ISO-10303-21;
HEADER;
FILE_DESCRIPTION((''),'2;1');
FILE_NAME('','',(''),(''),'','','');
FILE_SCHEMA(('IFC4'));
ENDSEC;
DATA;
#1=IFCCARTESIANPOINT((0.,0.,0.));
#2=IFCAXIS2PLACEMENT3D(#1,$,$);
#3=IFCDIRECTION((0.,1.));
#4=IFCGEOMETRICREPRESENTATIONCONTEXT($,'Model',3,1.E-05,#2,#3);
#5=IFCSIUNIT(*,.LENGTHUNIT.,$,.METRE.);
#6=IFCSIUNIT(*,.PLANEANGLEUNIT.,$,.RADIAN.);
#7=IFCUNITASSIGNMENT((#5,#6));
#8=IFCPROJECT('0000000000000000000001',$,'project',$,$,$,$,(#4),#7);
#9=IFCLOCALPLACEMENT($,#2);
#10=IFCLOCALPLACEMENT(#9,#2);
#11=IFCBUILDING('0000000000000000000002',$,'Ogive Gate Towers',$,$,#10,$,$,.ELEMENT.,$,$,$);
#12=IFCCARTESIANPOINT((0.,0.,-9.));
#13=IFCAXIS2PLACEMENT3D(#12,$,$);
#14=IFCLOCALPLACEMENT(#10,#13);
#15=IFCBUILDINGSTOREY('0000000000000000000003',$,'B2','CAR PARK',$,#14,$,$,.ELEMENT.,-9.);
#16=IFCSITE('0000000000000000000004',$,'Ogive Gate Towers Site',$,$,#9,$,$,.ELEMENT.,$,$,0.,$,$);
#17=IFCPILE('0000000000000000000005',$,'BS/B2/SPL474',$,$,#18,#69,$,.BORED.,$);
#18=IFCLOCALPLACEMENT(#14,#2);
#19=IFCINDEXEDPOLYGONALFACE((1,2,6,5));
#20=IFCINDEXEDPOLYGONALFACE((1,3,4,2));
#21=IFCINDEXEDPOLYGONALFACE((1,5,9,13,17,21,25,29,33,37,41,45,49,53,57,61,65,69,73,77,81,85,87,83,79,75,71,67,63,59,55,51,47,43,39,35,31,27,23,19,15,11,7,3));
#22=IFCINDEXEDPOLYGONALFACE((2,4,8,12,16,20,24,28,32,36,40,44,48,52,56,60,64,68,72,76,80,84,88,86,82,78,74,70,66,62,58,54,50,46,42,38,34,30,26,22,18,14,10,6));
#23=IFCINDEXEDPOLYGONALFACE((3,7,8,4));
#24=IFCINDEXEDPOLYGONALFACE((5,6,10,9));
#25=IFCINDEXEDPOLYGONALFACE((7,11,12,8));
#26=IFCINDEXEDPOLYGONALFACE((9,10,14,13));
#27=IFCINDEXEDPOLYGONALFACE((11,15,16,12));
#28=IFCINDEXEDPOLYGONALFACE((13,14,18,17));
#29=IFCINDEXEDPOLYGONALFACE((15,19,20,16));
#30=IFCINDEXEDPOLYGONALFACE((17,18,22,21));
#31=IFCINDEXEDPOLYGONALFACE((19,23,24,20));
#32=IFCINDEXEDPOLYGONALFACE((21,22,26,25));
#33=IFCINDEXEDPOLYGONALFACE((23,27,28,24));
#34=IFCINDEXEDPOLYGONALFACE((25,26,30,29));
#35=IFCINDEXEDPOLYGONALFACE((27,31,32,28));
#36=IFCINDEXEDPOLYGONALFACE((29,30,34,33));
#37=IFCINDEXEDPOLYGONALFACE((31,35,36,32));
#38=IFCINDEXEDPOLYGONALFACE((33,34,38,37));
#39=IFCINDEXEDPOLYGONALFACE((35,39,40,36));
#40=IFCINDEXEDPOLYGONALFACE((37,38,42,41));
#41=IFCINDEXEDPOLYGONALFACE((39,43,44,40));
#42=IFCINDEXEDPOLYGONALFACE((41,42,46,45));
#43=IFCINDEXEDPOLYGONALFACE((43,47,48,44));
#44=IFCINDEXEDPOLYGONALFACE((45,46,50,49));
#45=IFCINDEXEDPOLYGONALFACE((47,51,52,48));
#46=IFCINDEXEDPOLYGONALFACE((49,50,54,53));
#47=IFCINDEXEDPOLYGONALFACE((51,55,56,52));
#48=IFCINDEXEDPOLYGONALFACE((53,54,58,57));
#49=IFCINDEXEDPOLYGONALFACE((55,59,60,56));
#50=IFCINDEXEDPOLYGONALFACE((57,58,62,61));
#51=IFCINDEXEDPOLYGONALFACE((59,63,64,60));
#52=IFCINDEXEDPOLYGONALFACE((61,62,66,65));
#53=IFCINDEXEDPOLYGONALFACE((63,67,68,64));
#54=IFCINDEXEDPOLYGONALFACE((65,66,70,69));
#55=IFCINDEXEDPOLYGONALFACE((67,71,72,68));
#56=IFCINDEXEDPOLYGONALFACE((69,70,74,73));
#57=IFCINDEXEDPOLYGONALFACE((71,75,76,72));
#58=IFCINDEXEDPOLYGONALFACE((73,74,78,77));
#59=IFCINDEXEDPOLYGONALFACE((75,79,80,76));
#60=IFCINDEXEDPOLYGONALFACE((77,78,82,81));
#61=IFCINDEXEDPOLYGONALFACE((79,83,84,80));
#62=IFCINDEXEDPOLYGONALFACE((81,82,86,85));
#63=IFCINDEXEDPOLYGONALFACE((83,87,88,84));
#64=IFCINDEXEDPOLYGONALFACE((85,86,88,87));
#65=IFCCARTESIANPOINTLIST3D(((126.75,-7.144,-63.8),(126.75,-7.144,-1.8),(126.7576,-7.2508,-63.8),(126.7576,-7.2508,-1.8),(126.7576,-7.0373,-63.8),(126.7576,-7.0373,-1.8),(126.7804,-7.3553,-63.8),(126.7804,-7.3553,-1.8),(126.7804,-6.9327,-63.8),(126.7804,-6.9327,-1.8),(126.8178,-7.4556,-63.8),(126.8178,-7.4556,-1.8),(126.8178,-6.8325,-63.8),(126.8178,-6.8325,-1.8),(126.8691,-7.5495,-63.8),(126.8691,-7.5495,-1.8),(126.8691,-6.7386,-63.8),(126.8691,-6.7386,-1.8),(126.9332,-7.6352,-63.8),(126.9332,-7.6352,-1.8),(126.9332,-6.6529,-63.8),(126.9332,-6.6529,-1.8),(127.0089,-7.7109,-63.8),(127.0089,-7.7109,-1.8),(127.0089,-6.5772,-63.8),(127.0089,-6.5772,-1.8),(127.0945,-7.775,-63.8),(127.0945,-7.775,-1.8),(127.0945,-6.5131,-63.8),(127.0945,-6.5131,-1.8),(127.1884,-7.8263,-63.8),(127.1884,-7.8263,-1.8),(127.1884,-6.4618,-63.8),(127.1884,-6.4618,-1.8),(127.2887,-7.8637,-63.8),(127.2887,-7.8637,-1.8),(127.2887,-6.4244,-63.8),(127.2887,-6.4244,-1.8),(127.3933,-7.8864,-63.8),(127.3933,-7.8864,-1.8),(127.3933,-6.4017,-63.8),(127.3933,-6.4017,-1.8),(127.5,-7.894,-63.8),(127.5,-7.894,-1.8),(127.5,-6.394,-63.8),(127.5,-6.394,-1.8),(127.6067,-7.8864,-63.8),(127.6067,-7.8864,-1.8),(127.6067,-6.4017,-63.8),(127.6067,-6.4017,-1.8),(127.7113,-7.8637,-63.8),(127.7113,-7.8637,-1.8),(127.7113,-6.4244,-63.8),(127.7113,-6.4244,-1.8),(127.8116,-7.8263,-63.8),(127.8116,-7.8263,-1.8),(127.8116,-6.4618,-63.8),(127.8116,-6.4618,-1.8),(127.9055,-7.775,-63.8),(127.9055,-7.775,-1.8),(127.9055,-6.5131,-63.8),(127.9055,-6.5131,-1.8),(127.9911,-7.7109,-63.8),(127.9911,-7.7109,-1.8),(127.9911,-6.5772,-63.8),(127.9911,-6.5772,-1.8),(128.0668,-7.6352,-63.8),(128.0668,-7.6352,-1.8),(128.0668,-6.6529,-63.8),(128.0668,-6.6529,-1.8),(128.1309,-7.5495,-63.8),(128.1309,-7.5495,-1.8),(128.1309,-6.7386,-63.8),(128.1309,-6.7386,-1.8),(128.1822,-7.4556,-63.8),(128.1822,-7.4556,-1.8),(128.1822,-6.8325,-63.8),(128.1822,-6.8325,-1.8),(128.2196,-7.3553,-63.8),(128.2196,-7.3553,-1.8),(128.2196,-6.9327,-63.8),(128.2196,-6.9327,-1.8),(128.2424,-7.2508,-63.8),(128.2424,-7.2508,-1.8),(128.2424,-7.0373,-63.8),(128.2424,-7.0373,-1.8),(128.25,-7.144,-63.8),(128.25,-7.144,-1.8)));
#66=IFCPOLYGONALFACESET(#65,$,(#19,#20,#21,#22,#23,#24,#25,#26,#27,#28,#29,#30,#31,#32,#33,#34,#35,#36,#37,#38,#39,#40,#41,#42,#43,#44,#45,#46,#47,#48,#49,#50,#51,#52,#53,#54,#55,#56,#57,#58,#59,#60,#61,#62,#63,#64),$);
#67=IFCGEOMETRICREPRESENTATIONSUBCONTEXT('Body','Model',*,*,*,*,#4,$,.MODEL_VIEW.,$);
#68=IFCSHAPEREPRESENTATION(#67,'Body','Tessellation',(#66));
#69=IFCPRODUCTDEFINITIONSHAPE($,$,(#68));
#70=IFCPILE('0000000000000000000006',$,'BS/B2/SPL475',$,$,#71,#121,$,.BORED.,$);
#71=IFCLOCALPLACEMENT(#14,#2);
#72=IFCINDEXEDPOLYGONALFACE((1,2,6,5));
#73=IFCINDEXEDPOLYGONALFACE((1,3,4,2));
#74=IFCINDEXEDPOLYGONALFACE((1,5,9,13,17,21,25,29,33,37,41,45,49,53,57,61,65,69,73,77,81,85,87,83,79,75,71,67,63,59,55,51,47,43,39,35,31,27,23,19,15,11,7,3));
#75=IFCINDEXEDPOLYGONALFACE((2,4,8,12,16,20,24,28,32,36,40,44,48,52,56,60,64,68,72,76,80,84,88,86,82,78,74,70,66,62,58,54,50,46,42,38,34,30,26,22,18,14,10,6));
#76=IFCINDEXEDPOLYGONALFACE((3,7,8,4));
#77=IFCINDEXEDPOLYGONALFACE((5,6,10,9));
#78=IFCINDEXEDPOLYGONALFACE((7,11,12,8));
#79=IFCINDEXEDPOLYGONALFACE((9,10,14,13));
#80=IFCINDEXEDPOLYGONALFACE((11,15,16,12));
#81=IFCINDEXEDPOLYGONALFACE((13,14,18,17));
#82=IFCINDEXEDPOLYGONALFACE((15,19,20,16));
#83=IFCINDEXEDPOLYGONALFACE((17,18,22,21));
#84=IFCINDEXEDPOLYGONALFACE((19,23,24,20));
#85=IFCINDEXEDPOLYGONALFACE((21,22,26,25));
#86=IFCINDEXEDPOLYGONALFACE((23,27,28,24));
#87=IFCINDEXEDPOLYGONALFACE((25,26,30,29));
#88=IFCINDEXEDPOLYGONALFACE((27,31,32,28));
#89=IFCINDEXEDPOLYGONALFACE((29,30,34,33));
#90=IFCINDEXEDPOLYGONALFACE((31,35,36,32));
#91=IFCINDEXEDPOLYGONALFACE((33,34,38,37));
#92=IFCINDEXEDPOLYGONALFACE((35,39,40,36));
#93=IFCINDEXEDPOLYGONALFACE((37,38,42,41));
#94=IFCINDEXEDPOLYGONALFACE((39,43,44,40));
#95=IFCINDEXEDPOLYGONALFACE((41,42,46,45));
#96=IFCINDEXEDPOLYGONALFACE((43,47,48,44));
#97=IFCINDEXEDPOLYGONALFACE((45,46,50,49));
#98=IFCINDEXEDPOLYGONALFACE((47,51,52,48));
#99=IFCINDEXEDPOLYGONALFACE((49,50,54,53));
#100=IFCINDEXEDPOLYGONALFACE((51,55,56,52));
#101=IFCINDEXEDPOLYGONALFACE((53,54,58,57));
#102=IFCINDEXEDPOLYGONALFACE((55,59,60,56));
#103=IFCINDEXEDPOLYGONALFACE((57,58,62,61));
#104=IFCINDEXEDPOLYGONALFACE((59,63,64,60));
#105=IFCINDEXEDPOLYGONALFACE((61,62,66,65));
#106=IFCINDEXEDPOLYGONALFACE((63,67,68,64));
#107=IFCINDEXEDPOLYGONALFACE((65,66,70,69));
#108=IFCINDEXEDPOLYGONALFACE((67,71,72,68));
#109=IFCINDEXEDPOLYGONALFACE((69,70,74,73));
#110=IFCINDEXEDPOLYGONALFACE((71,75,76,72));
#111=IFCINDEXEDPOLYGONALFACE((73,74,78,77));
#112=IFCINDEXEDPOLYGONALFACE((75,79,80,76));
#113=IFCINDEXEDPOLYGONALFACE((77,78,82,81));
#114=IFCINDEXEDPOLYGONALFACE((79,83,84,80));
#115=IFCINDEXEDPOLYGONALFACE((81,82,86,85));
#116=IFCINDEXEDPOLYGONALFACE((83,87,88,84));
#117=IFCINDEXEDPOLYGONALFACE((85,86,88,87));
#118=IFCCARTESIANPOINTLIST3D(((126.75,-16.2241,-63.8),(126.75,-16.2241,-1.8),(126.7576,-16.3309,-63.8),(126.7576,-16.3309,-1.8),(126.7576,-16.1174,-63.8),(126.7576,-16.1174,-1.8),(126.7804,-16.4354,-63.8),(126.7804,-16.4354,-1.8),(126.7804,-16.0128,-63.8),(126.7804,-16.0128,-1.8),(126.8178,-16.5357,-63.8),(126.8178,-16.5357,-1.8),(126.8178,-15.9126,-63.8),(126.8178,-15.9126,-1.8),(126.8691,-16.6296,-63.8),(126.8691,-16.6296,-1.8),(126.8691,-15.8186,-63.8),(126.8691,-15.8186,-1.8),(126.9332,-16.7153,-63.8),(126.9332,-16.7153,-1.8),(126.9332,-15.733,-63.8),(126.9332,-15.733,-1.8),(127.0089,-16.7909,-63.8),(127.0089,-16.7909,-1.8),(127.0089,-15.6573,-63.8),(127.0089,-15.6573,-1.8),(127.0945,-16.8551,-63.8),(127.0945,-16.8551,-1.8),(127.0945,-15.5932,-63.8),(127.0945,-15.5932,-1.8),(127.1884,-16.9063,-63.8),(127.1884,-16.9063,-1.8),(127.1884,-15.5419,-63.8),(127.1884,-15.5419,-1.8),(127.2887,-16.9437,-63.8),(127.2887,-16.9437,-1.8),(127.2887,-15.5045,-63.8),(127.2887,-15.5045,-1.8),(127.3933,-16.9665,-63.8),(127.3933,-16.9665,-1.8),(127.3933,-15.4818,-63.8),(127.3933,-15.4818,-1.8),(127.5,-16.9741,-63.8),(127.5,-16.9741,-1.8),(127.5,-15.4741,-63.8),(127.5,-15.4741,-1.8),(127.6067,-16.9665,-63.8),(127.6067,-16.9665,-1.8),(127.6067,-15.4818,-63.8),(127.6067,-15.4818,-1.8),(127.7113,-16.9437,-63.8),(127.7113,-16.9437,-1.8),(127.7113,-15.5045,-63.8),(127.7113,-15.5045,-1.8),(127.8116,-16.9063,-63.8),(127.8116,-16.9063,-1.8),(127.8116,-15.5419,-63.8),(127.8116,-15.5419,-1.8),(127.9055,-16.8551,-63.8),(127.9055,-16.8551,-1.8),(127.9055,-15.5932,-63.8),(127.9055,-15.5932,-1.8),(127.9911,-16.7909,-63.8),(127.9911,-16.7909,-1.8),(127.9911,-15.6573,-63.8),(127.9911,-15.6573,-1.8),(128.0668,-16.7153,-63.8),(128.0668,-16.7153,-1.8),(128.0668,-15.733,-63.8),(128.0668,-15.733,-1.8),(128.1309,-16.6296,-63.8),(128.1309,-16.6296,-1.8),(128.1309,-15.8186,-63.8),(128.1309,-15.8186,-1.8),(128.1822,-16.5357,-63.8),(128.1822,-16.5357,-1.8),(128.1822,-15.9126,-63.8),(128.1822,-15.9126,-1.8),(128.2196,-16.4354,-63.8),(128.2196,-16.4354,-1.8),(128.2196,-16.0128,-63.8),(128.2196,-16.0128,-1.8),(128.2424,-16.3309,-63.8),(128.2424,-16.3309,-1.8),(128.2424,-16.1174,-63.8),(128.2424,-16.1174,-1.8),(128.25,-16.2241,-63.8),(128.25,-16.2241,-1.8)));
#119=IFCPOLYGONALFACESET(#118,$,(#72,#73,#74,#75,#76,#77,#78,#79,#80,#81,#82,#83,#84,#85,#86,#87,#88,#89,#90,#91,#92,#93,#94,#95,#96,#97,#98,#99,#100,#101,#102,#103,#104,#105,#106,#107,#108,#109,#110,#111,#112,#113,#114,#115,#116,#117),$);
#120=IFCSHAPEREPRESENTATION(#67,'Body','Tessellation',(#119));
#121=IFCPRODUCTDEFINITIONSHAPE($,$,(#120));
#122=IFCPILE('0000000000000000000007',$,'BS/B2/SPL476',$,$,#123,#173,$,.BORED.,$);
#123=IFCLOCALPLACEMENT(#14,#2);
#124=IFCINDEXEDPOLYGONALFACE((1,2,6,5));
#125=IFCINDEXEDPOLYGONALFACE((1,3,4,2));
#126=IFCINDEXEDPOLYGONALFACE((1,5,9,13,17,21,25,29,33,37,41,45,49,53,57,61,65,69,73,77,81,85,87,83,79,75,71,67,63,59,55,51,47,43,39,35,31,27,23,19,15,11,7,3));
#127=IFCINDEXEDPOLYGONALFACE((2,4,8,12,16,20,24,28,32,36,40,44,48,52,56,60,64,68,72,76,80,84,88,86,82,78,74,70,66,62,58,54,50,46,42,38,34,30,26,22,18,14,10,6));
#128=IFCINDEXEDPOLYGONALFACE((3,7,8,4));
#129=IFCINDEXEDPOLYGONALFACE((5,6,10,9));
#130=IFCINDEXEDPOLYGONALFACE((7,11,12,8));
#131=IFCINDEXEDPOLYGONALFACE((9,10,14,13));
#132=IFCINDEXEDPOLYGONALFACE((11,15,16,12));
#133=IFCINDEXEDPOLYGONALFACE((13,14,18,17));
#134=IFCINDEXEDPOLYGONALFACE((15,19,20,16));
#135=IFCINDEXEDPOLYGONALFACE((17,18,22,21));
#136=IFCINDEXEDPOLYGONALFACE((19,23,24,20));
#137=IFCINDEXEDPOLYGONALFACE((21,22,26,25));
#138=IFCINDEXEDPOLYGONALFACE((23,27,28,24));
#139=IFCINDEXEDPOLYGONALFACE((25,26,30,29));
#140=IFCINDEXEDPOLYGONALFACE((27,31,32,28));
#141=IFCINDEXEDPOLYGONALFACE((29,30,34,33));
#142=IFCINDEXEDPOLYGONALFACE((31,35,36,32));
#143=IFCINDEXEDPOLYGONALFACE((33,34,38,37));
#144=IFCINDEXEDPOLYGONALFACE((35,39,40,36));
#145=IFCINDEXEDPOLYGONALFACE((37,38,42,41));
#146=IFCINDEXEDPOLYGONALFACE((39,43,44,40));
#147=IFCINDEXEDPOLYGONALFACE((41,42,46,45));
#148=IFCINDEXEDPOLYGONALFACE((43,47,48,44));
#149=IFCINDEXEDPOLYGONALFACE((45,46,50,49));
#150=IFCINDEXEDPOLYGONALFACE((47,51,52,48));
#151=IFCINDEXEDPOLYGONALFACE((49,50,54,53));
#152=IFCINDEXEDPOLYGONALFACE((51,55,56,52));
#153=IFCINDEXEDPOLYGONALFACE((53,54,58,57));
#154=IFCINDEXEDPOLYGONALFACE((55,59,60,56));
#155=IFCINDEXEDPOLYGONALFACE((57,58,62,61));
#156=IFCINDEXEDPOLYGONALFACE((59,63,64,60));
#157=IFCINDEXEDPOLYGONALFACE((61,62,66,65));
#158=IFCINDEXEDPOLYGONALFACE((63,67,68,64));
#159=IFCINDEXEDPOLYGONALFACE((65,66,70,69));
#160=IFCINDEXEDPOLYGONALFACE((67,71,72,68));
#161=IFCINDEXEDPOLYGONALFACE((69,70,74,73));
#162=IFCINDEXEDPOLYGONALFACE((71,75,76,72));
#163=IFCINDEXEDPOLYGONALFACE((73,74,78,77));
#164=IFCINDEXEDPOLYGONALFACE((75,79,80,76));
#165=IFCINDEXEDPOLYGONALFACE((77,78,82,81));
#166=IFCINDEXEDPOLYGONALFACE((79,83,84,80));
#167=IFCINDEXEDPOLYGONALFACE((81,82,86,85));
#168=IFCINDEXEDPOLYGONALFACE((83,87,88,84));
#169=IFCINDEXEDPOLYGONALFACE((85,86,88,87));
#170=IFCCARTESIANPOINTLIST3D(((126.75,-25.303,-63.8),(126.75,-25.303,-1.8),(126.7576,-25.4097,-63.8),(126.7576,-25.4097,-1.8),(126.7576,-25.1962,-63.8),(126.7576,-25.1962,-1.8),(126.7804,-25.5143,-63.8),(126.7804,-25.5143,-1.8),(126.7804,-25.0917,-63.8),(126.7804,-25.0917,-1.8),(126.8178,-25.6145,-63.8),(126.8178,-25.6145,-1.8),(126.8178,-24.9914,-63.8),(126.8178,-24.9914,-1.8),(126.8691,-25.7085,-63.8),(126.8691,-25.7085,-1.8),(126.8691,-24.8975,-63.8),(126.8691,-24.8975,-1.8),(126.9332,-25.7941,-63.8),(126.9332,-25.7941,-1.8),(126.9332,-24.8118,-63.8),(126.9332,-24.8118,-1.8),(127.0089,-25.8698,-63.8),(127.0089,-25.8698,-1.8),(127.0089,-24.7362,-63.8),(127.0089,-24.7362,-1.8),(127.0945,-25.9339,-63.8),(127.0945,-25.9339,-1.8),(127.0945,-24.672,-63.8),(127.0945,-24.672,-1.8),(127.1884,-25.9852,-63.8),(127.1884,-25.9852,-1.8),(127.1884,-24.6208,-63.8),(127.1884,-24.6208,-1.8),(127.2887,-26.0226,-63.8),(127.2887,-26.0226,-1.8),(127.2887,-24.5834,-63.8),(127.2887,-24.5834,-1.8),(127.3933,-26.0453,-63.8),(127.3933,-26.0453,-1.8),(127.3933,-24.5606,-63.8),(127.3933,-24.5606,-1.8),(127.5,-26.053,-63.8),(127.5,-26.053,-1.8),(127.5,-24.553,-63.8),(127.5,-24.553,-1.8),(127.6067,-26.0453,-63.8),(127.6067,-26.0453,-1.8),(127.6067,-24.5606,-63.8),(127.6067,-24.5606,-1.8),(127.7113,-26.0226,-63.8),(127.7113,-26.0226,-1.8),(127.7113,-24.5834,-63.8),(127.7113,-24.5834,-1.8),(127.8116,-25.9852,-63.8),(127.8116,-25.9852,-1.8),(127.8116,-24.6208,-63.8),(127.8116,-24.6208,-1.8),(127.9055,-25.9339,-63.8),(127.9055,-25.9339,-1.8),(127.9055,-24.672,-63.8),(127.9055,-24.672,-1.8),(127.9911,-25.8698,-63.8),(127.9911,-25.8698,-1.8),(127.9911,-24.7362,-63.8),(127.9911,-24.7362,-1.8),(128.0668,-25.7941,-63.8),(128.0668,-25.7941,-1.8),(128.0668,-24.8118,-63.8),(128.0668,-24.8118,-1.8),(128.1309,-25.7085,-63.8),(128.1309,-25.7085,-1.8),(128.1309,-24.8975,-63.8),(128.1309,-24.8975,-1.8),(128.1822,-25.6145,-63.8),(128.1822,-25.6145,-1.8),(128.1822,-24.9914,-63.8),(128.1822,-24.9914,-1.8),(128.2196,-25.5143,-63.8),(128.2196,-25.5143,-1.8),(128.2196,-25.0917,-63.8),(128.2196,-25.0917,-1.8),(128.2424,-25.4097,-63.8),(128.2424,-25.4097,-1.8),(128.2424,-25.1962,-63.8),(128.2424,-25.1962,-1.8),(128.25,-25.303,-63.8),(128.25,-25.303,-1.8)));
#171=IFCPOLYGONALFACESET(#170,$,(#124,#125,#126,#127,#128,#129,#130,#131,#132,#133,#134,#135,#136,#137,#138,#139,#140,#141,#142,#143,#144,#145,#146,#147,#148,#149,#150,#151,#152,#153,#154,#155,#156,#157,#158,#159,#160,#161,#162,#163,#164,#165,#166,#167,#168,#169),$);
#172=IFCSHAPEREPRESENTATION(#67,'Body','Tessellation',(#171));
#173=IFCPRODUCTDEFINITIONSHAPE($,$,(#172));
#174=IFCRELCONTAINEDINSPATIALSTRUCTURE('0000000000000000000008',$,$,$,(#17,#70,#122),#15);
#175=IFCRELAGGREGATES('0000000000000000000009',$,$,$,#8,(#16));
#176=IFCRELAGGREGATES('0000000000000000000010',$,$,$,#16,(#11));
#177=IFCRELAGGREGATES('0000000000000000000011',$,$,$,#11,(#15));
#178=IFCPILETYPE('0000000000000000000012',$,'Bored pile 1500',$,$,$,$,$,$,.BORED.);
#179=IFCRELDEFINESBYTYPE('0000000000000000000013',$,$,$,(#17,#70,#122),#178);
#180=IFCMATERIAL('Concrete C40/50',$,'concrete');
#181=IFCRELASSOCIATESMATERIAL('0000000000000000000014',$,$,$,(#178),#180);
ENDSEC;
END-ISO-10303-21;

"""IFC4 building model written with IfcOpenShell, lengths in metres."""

from ifc_helpers import new_model, si_unit, direction, frame, origin, origin_2d, place, context, subcontext, project, spatial, circle, extrude, material, material_profile, profile_set, type_object, element, save


model = new_model("IFC4")

# Units and contexts
model_context = context("Model", 3, precision=1e-05, world=origin(), true_north=direction((0.0, 1.0)))
body_context = subcontext(model_context, "Body", "Model", "MODEL_VIEW")
ifc_project = project(units=[si_unit("LENGTHUNIT", "METRE"), si_unit("PLANEANGLEUNIT", "RADIAN")], contexts=[model_context])

# Site, building, storey
site_placement = place(None, origin())
site = spatial("IfcSite", under=ifc_project, at=site_placement, Name="Ogive Gate Towers Site", CompositionType="ELEMENT", RefElevation=0.0)
building_placement = place(site_placement, origin())
building = spatial("IfcBuilding", under=site, at=building_placement, Name="Ogive Gate Towers", CompositionType="ELEMENT")
storey_placement = place(building_placement, frame((0.0, 0.0, -9.0)))
storey = spatial("IfcBuildingStorey", under=building, at=storey_placement, Name="B2", Description="CAR PARK", CompositionType="ELEMENT", Elevation=-9.0)

# Piles
ifc_material_1 = material(Name="Concrete C40/50", Category="concrete")
ifc_material_profile_1 = material_profile(ifc_material_1, circle(Radius=0.75, at=origin_2d()), Name="BP 1500")
ifc_profile_set_1 = profile_set([ifc_material_profile_1], Name="Concrete C40/50")
pile_type = type_object("IfcPileType", Name="Bored pile 1500", PredefinedType="BORED", material=ifc_profile_set_1)
for number, where, z_axis, x_axis, name in (
    (1, (127.5, -7.144, -1.8), (0.0, 0.0, -1.0), (1.0, 0.0, 0.0), "BS/B2/SPL474"),
    (2, (127.5, -16.2241, -1.8), (0.0, 0.0, -1.0), (1.0, 0.0, 0.0), "BS/B2/SPL475"),
    (3, (127.5, -25.303, -1.8), (0.0, 0.0, -1.0), (1.0, 0.0, 0.0), "BS/B2/SPL476"),
):
    element("IfcPile", number, at=place(storey_placement, frame(where, z_axis=z_axis, x_axis=x_axis)), inside=storey, type_object=pile_type, Name=name, PredefinedType="BORED", context=body_context, shape_type="SweptSolid", body=[
        extrude(circle(Radius=0.75, at=origin_2d()), origin(), (0.0, 0.0, 1.0), 62.0),
    ])

save(model, "model.ifc")
